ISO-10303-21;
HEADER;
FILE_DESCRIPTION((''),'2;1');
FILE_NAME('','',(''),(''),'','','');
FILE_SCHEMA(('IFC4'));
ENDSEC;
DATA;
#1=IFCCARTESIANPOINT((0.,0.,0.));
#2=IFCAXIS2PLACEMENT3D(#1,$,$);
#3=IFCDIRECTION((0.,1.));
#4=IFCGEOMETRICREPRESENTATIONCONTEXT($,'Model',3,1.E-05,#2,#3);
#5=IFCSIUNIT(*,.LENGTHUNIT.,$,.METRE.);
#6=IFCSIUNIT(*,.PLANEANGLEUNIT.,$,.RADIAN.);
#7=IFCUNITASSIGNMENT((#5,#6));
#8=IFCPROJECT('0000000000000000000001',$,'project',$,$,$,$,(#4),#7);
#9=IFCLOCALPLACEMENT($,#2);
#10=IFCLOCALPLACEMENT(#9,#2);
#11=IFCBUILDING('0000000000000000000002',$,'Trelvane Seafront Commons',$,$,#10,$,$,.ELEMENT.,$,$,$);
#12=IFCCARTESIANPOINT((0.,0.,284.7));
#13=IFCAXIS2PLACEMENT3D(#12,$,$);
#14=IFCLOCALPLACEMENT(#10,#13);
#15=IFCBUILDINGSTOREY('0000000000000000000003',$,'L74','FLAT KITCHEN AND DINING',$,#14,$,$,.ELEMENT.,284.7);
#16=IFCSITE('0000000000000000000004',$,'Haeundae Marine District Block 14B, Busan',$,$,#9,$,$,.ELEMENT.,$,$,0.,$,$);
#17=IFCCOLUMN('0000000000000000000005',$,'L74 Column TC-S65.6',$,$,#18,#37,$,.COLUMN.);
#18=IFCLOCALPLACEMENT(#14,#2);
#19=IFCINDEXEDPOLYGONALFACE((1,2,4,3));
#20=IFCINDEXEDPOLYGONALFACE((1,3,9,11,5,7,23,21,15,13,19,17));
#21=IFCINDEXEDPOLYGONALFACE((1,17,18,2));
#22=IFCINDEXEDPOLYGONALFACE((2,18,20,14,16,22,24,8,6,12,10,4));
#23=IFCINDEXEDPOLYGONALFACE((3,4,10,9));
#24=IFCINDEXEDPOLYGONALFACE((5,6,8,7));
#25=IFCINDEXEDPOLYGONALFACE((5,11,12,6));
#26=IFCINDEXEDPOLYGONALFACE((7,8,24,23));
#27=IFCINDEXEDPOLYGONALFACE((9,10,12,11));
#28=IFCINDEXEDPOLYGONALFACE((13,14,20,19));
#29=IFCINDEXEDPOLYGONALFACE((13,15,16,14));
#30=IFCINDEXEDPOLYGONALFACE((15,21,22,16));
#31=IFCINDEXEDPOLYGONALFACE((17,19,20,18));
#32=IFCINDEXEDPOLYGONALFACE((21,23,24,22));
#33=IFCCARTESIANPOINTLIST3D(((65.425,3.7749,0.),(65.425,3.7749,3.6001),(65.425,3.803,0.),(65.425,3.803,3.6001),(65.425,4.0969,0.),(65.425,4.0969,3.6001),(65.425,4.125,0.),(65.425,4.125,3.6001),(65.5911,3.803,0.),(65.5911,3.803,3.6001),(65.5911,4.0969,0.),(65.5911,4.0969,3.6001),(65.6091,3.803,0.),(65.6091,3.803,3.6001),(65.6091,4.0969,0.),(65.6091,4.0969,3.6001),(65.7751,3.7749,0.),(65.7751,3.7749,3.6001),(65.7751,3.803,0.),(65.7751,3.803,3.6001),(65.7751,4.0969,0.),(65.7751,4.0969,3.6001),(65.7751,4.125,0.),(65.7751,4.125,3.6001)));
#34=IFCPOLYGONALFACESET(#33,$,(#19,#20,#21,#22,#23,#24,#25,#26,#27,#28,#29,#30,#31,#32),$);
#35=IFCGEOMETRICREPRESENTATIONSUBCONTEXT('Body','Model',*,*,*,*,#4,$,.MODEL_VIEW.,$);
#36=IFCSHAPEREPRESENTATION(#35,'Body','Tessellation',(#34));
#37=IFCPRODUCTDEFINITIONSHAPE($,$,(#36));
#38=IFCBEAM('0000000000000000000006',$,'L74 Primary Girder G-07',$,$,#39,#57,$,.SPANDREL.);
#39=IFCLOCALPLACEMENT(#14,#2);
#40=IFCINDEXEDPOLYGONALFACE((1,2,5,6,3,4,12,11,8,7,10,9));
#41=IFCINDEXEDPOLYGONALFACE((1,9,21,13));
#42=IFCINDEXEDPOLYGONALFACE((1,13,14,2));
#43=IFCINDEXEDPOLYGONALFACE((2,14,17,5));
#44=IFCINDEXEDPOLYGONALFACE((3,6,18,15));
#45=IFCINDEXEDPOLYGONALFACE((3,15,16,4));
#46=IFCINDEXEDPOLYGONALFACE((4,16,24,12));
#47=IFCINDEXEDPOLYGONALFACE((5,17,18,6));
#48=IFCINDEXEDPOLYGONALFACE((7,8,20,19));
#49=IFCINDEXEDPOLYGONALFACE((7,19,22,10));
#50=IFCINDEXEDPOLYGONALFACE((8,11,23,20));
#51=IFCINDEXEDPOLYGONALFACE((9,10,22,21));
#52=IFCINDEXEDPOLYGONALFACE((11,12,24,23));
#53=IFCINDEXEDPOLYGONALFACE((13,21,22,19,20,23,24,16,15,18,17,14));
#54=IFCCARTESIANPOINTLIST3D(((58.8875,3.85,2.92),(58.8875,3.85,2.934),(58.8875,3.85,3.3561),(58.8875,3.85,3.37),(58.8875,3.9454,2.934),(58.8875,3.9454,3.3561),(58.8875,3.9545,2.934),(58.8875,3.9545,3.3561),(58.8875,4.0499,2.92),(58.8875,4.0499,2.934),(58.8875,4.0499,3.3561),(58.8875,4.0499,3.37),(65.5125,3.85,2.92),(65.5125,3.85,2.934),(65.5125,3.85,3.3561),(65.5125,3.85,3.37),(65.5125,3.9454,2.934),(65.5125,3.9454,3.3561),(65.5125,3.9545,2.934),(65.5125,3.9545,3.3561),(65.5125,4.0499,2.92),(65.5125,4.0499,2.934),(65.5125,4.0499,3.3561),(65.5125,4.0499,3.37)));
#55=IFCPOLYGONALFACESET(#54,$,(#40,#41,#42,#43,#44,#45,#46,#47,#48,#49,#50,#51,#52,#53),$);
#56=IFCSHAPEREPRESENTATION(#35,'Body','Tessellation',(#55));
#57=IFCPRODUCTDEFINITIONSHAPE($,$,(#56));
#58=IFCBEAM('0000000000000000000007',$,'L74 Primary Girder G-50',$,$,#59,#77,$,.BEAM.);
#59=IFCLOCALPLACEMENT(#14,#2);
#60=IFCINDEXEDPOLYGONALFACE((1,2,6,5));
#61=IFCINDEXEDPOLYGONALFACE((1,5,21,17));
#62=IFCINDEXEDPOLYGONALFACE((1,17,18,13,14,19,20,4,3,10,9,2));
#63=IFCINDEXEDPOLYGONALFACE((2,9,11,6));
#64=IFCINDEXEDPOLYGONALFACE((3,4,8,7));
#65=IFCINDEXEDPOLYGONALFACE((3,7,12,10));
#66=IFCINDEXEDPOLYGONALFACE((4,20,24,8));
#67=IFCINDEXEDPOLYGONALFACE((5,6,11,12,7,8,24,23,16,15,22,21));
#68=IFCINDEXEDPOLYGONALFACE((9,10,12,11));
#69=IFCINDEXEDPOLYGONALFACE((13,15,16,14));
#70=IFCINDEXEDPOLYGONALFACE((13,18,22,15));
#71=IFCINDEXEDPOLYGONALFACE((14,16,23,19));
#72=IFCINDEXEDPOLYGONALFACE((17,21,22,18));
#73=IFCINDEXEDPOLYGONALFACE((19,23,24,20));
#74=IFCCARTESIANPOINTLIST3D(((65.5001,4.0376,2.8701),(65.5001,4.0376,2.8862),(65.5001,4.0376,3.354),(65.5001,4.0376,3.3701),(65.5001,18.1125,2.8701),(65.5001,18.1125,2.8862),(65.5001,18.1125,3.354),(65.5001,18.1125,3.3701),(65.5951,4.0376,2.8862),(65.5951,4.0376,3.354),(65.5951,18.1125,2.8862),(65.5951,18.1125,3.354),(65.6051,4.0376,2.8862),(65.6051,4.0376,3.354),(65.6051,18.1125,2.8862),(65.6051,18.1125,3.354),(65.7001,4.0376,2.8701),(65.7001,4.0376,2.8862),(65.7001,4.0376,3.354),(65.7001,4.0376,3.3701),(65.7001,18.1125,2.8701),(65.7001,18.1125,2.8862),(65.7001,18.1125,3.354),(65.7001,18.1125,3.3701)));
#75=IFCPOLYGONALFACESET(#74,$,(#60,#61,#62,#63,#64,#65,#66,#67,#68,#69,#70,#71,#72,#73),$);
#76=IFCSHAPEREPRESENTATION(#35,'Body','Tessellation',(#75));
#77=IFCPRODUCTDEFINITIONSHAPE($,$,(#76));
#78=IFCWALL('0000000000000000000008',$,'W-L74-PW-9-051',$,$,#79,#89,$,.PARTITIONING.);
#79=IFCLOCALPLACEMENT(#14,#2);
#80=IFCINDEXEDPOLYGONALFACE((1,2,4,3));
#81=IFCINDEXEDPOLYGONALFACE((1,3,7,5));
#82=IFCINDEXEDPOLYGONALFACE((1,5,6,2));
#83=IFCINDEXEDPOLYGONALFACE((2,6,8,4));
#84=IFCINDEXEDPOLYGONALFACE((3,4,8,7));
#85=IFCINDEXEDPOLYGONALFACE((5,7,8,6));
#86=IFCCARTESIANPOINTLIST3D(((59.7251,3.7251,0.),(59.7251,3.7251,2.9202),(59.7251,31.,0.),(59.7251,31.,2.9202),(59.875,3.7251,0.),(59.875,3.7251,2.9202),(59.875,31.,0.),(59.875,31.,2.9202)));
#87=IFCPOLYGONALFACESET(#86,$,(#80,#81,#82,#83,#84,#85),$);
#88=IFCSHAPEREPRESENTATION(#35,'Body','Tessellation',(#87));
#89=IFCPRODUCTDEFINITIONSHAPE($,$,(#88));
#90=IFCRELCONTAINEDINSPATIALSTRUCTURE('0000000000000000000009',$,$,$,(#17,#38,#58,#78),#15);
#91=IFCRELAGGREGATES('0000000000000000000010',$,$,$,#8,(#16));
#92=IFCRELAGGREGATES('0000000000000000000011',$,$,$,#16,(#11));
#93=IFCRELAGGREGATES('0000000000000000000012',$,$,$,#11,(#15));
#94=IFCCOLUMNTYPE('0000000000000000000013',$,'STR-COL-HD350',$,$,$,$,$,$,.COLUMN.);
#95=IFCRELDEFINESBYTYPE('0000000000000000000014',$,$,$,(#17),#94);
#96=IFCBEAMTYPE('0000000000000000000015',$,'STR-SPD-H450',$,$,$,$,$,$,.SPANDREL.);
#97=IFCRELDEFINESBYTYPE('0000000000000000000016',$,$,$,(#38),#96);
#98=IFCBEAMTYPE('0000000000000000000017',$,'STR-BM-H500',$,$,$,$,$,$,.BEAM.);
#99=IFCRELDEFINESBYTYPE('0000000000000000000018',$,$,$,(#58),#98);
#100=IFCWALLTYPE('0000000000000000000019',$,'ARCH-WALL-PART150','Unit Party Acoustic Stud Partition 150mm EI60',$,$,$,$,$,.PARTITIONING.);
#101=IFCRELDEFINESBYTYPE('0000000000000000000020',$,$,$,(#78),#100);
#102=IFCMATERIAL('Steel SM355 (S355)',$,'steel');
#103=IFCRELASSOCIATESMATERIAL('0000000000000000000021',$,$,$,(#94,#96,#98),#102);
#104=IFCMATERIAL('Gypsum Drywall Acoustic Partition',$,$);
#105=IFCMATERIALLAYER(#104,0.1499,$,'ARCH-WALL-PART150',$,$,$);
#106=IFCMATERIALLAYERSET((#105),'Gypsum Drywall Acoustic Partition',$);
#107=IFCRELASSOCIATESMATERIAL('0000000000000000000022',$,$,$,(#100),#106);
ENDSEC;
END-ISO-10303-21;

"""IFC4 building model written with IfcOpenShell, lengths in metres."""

from ifc_helpers import new_model, si_unit, direction, frame, frame_2d, origin, origin_2d, place, context, subcontext, project, spatial, rectangle, i_section, extrude, source, transform, mapped, material, layer, layer_set, material_profile, profile_set, type_object, element, save


model = new_model("IFC4")

# Units and contexts
model_context = context("Model", 3, precision=1e-05, world=origin(), true_north=direction((0.0, 1.0)))
body_context = subcontext(model_context, "Body", "Model", "MODEL_VIEW")
ifc_project = project(units=[si_unit("LENGTHUNIT", "METRE"), si_unit("PLANEANGLEUNIT", "RADIAN")], contexts=[model_context])

# Site, building, storey
site_placement = place(None, origin())
site = spatial("IfcSite", under=ifc_project, at=site_placement, Name="Haeundae Marine District Block 14B, Busan", CompositionType="ELEMENT", RefElevation=0.0)
building_placement = place(site_placement, origin())
building = spatial("IfcBuilding", under=site, at=building_placement, Name="Trelvane Seafront Commons", CompositionType="ELEMENT")
storey_placement = place(building_placement, frame((0.0, 0.0, 284.7)))
storey = spatial("IfcBuildingStorey", under=building, at=storey_placement, Name="L74", Description="FLAT KITCHEN AND DINING", CompositionType="ELEMENT", Elevation=284.7)

# Column
ifc_material_1 = material(Name="Steel SM355 (S355)", Category="steel")
ifc_material_profile_1 = material_profile(ifc_material_1, i_section(OverallWidth=0.3501, OverallDepth=0.3501, WebThickness=0.0181, FlangeThickness=0.0281, at=origin_2d()), Name="HD-350x350x18x28")
ifc_profile_set_1 = profile_set([ifc_material_profile_1], Name="Steel SM355 (S355)")
column_type = type_object("IfcColumnType", Name="STR-COL-HD350", PredefinedType="COLUMN", material=ifc_profile_set_1)
shared_shape_1 = source(origin(), body_context, "Body", "SweptSolid", [
    extrude(i_section(OverallWidth=0.3501, OverallDepth=0.3501, WebThickness=0.0181, FlangeThickness=0.0281, at=origin_2d()), origin(), (0.0, 0.0, 1.0), 3.6001),
])
column_placement = place(storey_placement, frame((65.6001, 3.95, 0.0), z_axis=(0.0, 0.0, 1.0), x_axis=(1.0, 0.0, 0.0)))
element("IfcColumn", 1, at=column_placement, inside=storey, type_object=column_type, Name="L74 Column TC-S65.6", PredefinedType="COLUMN", context=body_context, shape_type="MappedRepresentation", body=[
    mapped(shared_shape_1, transform((0.0, 0.0, 0.0), x_axis=(1.0, 0.0, 0.0), y_axis=(0.0, 1.0, 0.0), z_axis=(0.0, 0.0, 1.0), scale=1.0)),
])

# Beams
ifc_material_profile_2 = material_profile(ifc_material_1, i_section(OverallWidth=0.2, OverallDepth=0.45, WebThickness=0.009, FlangeThickness=0.0139, at=origin_2d()), Name="H-450x200x9x14")
ifc_profile_set_2 = profile_set([ifc_material_profile_2], Name="Steel SM355 (S355)")
beam_type_1 = type_object("IfcBeamType", Name="STR-SPD-H450", PredefinedType="SPANDREL", material=ifc_profile_set_2)
shared_shape_2 = source(origin(), body_context, "Body", "SweptSolid", [
    extrude(i_section(OverallWidth=0.2, OverallDepth=0.45, WebThickness=0.009, FlangeThickness=0.0139, at=origin_2d()), origin(), (0.0, 0.0, 1.0), 6.625),
])
beam_1_placement = place(storey_placement, frame((58.8875, 3.95, 3.145), z_axis=(1.0, 0.0, 0.0), x_axis=(0.0, 1.0, 0.0)))
element("IfcBeam", 2, at=beam_1_placement, inside=storey, type_object=beam_type_1, Name="L74 Primary Girder G-07", PredefinedType="SPANDREL", context=body_context, shape_type="MappedRepresentation", body=[
    mapped(shared_shape_2, transform((0.0, 0.0, 0.0), x_axis=(1.0, 0.0, 0.0), y_axis=(0.0, 1.0, 0.0), z_axis=(0.0, 0.0, 1.0), scale=1.0)),
])
ifc_material_profile_3 = material_profile(ifc_material_1, i_section(OverallWidth=0.2, OverallDepth=0.5, WebThickness=0.01, FlangeThickness=0.0161, at=origin_2d()), Name="H-500x200x10x16")
ifc_profile_set_3 = profile_set([ifc_material_profile_3], Name="Steel SM355 (S355)")
beam_type_2 = type_object("IfcBeamType", Name="STR-BM-H500", PredefinedType="BEAM", material=ifc_profile_set_3)
shared_shape_3 = source(origin(), body_context, "Body", "SweptSolid", [
    extrude(i_section(OverallWidth=0.2, OverallDepth=0.5, WebThickness=0.01, FlangeThickness=0.0161, at=origin_2d()), origin(), (0.0, 0.0, 1.0), 14.075),
])
beam_2_placement = place(storey_placement, frame((65.6001, 4.0376, 3.1201), z_axis=(0.0, 1.0, 0.0), x_axis=(-1.0, 0.0, 0.0)))
element("IfcBeam", 3, at=beam_2_placement, inside=storey, type_object=beam_type_2, Name="L74 Primary Girder G-50", PredefinedType="BEAM", context=body_context, shape_type="MappedRepresentation", body=[
    mapped(shared_shape_3, transform((0.0, 0.0, 0.0), x_axis=(1.0, 0.0, 0.0), y_axis=(0.0, 1.0, 0.0), z_axis=(0.0, 0.0, 1.0), scale=1.0)),
])

# Wall
ifc_material_2 = material(Name="Gypsum Drywall Acoustic Partition")
ifc_layer_1 = layer(ifc_material_2, 0.1499, Name="ARCH-WALL-PART150")
ifc_layer_set_1 = layer_set([ifc_layer_1], Name="Gypsum Drywall Acoustic Partition")
wall_type_1 = type_object("IfcWallType", Name="ARCH-WALL-PART150", Description="Unit Party Acoustic Stud Partition 150mm EI60", PredefinedType="PARTITIONING", material=ifc_layer_set_1)
wall_1_placement = place(storey_placement, frame((59.8, 3.7251, 0.0), z_axis=(0.0, 0.0, 1.0), x_axis=(0.0, 1.0, 0.0)))
element("IfcWall", 4, at=wall_1_placement, inside=storey, type_object=wall_type_1, Name="W-L74-PW-9-051", PredefinedType="PARTITIONING", context=body_context, shape_type="SweptSolid", body=[
    extrude(rectangle(XDim=27.2749, YDim=0.1499, at=frame_2d((13.6375, 0.0))), origin(), (0.0, 0.0, 1.0), 2.9202),
])

save(model, "model.ifc")
